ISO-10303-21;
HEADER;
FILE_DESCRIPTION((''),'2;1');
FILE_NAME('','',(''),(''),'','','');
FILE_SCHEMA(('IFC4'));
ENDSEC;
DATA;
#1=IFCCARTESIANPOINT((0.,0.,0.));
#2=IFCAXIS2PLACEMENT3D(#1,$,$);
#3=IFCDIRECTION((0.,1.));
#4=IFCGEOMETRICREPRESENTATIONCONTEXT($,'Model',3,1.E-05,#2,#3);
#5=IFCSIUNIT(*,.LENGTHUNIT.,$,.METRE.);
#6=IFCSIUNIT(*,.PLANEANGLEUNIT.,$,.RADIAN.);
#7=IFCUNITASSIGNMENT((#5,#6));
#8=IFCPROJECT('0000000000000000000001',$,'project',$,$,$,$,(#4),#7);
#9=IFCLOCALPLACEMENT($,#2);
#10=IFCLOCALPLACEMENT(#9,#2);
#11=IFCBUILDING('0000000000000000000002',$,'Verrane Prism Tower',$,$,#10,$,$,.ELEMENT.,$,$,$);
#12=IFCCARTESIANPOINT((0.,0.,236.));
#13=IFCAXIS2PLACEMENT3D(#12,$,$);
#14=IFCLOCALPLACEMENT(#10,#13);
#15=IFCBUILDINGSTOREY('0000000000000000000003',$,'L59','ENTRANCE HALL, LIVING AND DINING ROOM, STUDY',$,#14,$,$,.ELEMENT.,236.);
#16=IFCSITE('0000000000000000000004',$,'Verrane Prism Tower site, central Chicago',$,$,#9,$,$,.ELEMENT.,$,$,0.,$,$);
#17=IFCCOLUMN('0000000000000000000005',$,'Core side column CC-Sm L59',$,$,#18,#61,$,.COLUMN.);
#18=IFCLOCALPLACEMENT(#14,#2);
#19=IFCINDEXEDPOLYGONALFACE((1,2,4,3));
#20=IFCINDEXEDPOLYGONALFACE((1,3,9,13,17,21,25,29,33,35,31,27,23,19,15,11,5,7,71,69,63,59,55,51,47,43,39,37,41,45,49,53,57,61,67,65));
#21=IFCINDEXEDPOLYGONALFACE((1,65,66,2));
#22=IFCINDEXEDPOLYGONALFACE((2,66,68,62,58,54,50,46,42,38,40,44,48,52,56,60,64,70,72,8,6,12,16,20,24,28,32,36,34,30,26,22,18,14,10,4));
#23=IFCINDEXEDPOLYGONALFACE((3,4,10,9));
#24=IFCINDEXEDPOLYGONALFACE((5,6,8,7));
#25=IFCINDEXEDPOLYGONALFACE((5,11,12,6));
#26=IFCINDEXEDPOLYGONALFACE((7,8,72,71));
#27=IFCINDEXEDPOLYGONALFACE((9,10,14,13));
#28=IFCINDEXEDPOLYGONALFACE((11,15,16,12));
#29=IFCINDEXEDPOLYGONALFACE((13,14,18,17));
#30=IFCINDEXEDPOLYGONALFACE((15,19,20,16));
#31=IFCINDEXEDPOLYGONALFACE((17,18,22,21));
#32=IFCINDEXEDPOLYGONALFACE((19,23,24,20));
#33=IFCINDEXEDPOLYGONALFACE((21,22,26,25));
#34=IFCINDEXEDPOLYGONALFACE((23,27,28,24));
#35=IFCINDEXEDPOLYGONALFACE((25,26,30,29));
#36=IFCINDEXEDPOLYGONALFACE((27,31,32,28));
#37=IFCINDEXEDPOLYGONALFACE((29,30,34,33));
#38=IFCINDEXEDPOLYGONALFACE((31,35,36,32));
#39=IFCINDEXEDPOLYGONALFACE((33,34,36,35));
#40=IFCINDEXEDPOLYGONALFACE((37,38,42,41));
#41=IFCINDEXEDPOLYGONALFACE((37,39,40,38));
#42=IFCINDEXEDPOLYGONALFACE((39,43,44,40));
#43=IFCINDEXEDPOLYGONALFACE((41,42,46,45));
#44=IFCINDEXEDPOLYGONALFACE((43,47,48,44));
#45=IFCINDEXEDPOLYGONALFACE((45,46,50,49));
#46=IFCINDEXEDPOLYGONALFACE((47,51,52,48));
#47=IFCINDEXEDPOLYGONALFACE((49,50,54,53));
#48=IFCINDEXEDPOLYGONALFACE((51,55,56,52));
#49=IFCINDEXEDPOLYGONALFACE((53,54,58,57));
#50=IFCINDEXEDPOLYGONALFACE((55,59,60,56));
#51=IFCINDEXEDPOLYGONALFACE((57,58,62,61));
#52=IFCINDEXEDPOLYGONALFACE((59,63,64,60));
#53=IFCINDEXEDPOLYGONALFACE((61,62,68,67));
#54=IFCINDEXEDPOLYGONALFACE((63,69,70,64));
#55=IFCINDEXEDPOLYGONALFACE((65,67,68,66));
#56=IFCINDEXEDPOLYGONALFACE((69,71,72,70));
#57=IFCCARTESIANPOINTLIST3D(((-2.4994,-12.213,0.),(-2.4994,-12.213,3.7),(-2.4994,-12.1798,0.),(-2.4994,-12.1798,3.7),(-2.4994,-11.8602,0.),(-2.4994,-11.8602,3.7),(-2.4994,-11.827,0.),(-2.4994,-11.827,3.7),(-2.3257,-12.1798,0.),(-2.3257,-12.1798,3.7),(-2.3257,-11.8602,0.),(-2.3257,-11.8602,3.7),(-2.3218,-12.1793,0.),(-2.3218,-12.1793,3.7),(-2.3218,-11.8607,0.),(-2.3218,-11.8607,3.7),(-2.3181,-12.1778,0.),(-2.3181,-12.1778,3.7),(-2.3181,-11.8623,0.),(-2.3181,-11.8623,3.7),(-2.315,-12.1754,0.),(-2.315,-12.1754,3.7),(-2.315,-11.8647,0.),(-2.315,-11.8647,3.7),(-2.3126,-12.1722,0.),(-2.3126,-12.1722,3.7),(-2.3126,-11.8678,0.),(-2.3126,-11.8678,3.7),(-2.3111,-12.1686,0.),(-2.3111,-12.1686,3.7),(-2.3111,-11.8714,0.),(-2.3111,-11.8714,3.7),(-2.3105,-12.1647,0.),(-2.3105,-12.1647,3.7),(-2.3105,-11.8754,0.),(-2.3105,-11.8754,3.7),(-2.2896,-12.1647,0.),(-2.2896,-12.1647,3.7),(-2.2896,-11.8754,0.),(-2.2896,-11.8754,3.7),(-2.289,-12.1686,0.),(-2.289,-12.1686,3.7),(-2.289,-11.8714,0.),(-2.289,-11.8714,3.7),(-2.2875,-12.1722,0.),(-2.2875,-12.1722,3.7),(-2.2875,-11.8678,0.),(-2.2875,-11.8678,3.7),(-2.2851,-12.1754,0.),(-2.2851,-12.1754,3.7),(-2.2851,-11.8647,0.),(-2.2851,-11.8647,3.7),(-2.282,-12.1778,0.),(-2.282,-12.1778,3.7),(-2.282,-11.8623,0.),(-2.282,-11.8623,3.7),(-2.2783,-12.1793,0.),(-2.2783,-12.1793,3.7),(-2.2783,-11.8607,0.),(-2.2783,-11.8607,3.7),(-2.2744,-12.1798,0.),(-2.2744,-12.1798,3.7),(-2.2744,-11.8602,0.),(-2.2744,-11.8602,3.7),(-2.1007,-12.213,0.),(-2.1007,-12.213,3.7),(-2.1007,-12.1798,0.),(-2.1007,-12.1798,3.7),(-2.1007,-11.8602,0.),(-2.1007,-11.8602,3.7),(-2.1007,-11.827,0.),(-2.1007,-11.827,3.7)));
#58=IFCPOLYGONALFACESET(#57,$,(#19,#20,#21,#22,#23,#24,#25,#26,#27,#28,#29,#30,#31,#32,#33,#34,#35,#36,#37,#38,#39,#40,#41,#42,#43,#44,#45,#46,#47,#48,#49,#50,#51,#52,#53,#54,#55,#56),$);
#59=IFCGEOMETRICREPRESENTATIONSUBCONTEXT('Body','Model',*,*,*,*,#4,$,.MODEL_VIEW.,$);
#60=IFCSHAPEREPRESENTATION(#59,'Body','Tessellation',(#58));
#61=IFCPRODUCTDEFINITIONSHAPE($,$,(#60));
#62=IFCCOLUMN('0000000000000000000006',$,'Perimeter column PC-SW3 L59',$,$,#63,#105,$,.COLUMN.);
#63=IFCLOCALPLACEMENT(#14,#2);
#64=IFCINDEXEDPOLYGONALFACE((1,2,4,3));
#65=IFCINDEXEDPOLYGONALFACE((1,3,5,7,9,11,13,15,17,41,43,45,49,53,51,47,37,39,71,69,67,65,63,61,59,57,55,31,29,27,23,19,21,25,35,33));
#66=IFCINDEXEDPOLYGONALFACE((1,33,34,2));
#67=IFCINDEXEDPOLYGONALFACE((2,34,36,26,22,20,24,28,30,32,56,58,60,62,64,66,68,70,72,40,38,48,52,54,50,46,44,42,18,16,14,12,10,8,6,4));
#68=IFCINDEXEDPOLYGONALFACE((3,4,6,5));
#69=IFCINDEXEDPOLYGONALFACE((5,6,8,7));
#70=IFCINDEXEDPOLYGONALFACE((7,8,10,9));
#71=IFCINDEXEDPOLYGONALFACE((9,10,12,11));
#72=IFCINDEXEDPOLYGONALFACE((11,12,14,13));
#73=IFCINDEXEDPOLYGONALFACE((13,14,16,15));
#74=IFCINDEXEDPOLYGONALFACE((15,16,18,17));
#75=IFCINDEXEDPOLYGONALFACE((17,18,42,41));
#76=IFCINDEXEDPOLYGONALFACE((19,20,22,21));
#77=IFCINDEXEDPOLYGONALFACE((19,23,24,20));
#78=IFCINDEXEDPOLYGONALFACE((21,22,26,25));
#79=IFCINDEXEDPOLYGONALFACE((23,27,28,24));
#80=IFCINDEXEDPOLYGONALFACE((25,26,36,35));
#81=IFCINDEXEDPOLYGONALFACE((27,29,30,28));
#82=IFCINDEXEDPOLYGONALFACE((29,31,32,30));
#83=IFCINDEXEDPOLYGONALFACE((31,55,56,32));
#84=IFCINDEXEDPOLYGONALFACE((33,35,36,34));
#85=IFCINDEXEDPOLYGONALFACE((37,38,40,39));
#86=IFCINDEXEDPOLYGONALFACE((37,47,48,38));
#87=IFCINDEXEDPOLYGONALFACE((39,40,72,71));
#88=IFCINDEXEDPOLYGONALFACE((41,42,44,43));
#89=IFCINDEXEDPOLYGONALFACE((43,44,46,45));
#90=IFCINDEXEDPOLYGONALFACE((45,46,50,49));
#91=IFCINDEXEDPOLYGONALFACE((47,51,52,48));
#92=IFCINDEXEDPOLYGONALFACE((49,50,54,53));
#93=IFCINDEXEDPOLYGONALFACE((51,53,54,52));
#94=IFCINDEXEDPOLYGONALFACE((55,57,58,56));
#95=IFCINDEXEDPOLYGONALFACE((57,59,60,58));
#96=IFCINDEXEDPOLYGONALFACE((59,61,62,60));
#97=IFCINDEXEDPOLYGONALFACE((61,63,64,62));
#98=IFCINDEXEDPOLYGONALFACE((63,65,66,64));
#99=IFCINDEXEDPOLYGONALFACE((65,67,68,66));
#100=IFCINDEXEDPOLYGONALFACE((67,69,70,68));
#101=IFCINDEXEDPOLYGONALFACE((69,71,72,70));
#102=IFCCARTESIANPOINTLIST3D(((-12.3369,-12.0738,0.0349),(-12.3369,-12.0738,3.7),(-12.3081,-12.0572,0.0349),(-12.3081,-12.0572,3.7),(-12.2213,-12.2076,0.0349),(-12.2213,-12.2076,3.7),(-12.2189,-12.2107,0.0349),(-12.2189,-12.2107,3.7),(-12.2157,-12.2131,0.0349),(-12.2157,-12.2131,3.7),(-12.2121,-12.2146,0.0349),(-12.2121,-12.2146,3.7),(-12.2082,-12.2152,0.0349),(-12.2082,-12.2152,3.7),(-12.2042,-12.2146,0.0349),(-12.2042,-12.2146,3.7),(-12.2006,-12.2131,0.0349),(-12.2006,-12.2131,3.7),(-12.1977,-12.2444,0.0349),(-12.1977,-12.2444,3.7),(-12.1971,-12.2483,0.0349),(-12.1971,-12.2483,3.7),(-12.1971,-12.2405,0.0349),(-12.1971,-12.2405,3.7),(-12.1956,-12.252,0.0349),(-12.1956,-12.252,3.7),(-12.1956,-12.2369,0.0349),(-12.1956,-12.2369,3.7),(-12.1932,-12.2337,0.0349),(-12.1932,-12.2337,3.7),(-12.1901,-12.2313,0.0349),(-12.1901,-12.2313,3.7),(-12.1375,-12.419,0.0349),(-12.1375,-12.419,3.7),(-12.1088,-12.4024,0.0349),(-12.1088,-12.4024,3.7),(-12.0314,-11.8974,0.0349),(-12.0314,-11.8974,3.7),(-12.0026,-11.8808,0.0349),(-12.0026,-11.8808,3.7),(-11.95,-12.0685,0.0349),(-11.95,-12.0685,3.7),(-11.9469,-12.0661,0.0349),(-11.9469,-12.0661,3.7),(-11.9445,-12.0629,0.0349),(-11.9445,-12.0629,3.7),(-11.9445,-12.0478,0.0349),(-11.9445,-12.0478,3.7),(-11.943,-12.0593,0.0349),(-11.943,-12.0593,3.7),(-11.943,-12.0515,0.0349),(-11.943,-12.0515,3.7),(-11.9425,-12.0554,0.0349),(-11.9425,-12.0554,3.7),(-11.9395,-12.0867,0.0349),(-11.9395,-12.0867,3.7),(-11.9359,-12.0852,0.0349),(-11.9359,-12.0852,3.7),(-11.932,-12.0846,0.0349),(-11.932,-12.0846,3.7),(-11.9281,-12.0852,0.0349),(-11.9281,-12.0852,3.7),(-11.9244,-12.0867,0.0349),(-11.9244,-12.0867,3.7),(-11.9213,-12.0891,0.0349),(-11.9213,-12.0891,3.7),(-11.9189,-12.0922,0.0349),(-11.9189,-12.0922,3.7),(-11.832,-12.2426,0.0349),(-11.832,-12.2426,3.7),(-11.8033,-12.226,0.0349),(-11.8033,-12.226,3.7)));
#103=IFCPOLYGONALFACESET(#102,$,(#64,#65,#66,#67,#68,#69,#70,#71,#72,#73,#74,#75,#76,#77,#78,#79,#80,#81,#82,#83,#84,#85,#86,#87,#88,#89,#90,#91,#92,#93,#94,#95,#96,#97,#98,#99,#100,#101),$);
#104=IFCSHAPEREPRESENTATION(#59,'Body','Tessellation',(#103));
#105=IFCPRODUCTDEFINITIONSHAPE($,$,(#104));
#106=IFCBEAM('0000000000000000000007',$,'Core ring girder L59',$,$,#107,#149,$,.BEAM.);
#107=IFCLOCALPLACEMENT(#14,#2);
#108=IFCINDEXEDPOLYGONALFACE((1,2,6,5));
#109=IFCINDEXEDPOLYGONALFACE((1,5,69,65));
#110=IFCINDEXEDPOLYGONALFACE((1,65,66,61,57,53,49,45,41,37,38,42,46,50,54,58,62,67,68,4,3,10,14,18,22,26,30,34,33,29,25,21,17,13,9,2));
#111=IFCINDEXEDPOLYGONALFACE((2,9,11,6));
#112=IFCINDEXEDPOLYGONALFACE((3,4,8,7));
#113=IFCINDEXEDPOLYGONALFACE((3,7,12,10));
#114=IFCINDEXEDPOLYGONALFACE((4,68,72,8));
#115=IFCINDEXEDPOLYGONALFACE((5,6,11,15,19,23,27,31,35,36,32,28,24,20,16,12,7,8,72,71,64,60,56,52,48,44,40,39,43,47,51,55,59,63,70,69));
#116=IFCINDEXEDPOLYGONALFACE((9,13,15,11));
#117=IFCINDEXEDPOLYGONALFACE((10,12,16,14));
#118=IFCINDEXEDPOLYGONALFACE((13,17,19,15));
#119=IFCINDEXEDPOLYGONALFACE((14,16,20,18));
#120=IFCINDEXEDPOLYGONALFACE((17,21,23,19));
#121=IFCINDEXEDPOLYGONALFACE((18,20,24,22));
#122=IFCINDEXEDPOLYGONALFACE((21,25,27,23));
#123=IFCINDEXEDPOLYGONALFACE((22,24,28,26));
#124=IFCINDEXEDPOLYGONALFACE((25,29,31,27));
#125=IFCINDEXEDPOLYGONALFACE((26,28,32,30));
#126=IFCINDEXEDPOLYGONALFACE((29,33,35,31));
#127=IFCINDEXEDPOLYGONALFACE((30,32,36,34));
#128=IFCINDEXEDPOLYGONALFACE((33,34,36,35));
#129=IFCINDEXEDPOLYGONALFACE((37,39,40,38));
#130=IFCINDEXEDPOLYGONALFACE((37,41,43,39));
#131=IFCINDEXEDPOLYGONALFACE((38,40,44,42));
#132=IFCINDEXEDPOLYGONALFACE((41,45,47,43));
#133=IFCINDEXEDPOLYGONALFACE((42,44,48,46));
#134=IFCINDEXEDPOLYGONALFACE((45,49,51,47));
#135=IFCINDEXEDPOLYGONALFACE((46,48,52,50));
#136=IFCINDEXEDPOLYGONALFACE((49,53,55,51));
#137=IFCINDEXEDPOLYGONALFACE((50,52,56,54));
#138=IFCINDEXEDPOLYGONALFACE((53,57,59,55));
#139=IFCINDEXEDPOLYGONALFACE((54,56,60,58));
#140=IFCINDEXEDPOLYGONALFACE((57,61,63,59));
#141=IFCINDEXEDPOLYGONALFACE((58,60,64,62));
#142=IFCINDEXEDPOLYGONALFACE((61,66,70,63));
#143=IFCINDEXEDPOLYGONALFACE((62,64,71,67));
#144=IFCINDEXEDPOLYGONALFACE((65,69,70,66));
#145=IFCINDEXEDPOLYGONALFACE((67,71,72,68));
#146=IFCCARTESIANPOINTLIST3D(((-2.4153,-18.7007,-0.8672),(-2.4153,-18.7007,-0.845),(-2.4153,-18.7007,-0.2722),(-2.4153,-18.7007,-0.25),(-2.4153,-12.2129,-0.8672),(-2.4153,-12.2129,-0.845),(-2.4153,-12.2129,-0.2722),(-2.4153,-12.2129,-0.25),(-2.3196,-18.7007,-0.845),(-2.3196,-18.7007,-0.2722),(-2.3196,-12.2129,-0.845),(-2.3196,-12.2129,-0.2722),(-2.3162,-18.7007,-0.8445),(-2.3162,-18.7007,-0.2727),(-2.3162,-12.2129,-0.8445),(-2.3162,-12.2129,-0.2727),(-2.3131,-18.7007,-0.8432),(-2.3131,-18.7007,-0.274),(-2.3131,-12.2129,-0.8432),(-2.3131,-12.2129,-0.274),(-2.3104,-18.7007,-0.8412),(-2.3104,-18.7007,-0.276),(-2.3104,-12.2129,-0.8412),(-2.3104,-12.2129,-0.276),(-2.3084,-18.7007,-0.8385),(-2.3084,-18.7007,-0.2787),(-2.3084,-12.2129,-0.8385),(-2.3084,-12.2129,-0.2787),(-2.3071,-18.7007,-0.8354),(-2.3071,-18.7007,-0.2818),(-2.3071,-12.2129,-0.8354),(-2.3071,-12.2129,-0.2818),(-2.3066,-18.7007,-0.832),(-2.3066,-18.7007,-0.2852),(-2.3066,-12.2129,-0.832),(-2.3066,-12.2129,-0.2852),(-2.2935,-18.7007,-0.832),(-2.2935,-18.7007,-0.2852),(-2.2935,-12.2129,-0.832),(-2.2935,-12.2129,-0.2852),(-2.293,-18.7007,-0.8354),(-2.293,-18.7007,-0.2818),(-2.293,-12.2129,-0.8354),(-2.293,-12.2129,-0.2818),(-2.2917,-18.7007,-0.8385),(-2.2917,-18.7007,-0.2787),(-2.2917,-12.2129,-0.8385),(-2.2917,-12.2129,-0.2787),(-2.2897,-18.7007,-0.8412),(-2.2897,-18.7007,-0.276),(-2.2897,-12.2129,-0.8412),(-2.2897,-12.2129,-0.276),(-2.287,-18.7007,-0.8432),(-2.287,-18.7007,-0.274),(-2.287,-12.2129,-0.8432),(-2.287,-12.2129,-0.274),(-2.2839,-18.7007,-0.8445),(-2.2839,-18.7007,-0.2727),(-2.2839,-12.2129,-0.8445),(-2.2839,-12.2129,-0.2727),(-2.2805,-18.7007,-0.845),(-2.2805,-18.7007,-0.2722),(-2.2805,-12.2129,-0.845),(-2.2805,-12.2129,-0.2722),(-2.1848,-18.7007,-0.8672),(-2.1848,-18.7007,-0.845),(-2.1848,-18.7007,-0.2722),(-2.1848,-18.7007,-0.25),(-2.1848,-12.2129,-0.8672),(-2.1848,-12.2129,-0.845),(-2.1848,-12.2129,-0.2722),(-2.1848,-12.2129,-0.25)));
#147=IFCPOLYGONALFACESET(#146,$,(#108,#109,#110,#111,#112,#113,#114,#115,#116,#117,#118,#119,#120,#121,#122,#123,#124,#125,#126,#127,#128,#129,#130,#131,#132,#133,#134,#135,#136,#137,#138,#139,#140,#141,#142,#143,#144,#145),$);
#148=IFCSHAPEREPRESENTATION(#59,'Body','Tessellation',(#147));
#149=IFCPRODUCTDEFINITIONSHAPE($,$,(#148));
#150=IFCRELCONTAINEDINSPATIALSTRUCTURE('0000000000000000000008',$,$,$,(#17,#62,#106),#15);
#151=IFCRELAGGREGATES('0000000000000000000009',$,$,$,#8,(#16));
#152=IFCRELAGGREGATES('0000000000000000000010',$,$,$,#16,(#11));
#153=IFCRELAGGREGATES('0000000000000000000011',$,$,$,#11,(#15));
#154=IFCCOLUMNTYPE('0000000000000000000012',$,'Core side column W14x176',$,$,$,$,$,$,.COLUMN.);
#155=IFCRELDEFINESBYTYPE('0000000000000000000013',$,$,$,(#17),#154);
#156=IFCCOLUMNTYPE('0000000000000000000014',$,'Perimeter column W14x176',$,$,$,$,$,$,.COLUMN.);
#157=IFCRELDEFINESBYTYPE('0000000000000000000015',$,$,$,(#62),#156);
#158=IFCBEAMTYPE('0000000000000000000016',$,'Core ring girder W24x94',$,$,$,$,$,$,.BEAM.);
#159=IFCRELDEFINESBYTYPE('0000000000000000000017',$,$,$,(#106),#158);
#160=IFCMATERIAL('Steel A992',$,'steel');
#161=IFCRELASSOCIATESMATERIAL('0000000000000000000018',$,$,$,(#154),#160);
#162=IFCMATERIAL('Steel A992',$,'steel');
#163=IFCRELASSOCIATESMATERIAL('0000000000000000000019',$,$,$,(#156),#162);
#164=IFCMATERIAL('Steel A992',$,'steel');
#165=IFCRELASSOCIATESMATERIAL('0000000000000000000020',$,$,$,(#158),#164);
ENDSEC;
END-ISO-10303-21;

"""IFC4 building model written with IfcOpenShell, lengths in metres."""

from ifc_helpers import new_model, si_unit, direction, frame, origin, origin_2d, place, context, subcontext, project, spatial, i_section, extrude, material, material_profile, profile_set, type_object, element, save


model = new_model("IFC4")

# Units and contexts
model_context = context("Model", 3, precision=1e-05, world=origin(), true_north=direction((0.0, 1.0)))
body_context = subcontext(model_context, "Body", "Model", "MODEL_VIEW")
ifc_project = project(units=[si_unit("LENGTHUNIT", "METRE"), si_unit("PLANEANGLEUNIT", "RADIAN")], contexts=[model_context])

# Site, building, storey
site_placement = place(None, origin())
site = spatial("IfcSite", under=ifc_project, at=site_placement, Name="Verrane Prism Tower site, central Chicago", CompositionType="ELEMENT", RefElevation=0.0)
building_placement = place(site_placement, origin())
building = spatial("IfcBuilding", under=site, at=building_placement, Name="Verrane Prism Tower", CompositionType="ELEMENT")
storey_placement = place(building_placement, frame((0.0, 0.0, 236.0)))
storey = spatial("IfcBuildingStorey", under=building, at=storey_placement, Name="L59", Description="ENTRANCE HALL, LIVING AND DINING ROOM, STUDY", CompositionType="ELEMENT", Elevation=236.0)

# Columns
ifc_material_1 = material(Name="Steel A992", Category="steel")
ifc_material_profile_1 = material_profile(ifc_material_1, i_section(OverallWidth=0.3987, OverallDepth=0.386, WebThickness=0.021, FlangeThickness=0.0332, FilletRadius=0.0151, at=origin_2d()), Name="W14x176")
ifc_profile_set_1 = profile_set([ifc_material_profile_1], Name="Steel A992")
column_type_1 = type_object("IfcColumnType", Name="Core side column W14x176", PredefinedType="COLUMN", material=ifc_profile_set_1)
column_1_placement = place(storey_placement, frame((-2.3, -12.02, 0.0), z_axis=(0.0, 0.0, 1.0), x_axis=(1.0, 0.0, 0.0)))
element("IfcColumn", 1, at=column_1_placement, inside=storey, type_object=column_type_1, Name="Core side column CC-Sm L59", PredefinedType="COLUMN", context=body_context, shape_type="SweptSolid", body=[
    extrude(i_section(OverallWidth=0.3987, OverallDepth=0.386, WebThickness=0.021, FlangeThickness=0.0332, FilletRadius=0.0151, at=origin_2d()), origin(), (0.0, 0.0, 1.0), 3.7),
])
ifc_material_2 = material(Name="Steel A992", Category="steel")
ifc_material_profile_2 = material_profile(ifc_material_2, i_section(OverallWidth=0.3987, OverallDepth=0.386, WebThickness=0.021, FlangeThickness=0.0332, FilletRadius=0.0151, at=origin_2d()), Name="W14x176")
ifc_profile_set_2 = profile_set([ifc_material_profile_2], Name="Steel A992")
column_type_2 = type_object("IfcColumnType", Name="Perimeter column W14x176", PredefinedType="COLUMN", material=ifc_profile_set_2)
column_2_placement = place(storey_placement, frame((-12.0701, -12.1499, 0.0349), z_axis=(0.0, 0.0, 1.0), x_axis=(-0.5, 0.866025, 0.0)))
element("IfcColumn", 2, at=column_2_placement, inside=storey, type_object=column_type_2, Name="Perimeter column PC-SW3 L59", PredefinedType="COLUMN", context=body_context, shape_type="SweptSolid", body=[
    extrude(i_section(OverallWidth=0.3987, OverallDepth=0.386, WebThickness=0.021, FlangeThickness=0.0332, FilletRadius=0.0151, at=origin_2d()), origin(), (0.0, 0.0, 1.0), 3.665),
])

# Beam
ifc_material_3 = material(Name="Steel A992", Category="steel")
ifc_material_profile_3 = material_profile(ifc_material_3, i_section(OverallWidth=0.2305, OverallDepth=0.6172, WebThickness=0.0132, FlangeThickness=0.0222, FilletRadius=0.0129, at=origin_2d()), Name="W24x94")
ifc_profile_set_3 = profile_set([ifc_material_profile_3], Name="Steel A992")
beam_type_1 = type_object("IfcBeamType", Name="Core ring girder W24x94", PredefinedType="BEAM", material=ifc_profile_set_3)
beam_1_placement = place(storey_placement, frame((-2.3, -12.2129, -0.5586), z_axis=(0.0, -1.0, 0.0), x_axis=(1.0, 0.0, 0.0)))
element("IfcBeam", 3, at=beam_1_placement, inside=storey, type_object=beam_type_1, Name="Core ring girder L59", PredefinedType="BEAM", context=body_context, shape_type="SweptSolid", body=[
    extrude(i_section(OverallWidth=0.2305, OverallDepth=0.6172, WebThickness=0.0132, FlangeThickness=0.0222, FilletRadius=0.0129, at=origin_2d()), origin(), (0.0, 0.0, 1.0), 6.4878),
])

save(model, "model.ifc")
